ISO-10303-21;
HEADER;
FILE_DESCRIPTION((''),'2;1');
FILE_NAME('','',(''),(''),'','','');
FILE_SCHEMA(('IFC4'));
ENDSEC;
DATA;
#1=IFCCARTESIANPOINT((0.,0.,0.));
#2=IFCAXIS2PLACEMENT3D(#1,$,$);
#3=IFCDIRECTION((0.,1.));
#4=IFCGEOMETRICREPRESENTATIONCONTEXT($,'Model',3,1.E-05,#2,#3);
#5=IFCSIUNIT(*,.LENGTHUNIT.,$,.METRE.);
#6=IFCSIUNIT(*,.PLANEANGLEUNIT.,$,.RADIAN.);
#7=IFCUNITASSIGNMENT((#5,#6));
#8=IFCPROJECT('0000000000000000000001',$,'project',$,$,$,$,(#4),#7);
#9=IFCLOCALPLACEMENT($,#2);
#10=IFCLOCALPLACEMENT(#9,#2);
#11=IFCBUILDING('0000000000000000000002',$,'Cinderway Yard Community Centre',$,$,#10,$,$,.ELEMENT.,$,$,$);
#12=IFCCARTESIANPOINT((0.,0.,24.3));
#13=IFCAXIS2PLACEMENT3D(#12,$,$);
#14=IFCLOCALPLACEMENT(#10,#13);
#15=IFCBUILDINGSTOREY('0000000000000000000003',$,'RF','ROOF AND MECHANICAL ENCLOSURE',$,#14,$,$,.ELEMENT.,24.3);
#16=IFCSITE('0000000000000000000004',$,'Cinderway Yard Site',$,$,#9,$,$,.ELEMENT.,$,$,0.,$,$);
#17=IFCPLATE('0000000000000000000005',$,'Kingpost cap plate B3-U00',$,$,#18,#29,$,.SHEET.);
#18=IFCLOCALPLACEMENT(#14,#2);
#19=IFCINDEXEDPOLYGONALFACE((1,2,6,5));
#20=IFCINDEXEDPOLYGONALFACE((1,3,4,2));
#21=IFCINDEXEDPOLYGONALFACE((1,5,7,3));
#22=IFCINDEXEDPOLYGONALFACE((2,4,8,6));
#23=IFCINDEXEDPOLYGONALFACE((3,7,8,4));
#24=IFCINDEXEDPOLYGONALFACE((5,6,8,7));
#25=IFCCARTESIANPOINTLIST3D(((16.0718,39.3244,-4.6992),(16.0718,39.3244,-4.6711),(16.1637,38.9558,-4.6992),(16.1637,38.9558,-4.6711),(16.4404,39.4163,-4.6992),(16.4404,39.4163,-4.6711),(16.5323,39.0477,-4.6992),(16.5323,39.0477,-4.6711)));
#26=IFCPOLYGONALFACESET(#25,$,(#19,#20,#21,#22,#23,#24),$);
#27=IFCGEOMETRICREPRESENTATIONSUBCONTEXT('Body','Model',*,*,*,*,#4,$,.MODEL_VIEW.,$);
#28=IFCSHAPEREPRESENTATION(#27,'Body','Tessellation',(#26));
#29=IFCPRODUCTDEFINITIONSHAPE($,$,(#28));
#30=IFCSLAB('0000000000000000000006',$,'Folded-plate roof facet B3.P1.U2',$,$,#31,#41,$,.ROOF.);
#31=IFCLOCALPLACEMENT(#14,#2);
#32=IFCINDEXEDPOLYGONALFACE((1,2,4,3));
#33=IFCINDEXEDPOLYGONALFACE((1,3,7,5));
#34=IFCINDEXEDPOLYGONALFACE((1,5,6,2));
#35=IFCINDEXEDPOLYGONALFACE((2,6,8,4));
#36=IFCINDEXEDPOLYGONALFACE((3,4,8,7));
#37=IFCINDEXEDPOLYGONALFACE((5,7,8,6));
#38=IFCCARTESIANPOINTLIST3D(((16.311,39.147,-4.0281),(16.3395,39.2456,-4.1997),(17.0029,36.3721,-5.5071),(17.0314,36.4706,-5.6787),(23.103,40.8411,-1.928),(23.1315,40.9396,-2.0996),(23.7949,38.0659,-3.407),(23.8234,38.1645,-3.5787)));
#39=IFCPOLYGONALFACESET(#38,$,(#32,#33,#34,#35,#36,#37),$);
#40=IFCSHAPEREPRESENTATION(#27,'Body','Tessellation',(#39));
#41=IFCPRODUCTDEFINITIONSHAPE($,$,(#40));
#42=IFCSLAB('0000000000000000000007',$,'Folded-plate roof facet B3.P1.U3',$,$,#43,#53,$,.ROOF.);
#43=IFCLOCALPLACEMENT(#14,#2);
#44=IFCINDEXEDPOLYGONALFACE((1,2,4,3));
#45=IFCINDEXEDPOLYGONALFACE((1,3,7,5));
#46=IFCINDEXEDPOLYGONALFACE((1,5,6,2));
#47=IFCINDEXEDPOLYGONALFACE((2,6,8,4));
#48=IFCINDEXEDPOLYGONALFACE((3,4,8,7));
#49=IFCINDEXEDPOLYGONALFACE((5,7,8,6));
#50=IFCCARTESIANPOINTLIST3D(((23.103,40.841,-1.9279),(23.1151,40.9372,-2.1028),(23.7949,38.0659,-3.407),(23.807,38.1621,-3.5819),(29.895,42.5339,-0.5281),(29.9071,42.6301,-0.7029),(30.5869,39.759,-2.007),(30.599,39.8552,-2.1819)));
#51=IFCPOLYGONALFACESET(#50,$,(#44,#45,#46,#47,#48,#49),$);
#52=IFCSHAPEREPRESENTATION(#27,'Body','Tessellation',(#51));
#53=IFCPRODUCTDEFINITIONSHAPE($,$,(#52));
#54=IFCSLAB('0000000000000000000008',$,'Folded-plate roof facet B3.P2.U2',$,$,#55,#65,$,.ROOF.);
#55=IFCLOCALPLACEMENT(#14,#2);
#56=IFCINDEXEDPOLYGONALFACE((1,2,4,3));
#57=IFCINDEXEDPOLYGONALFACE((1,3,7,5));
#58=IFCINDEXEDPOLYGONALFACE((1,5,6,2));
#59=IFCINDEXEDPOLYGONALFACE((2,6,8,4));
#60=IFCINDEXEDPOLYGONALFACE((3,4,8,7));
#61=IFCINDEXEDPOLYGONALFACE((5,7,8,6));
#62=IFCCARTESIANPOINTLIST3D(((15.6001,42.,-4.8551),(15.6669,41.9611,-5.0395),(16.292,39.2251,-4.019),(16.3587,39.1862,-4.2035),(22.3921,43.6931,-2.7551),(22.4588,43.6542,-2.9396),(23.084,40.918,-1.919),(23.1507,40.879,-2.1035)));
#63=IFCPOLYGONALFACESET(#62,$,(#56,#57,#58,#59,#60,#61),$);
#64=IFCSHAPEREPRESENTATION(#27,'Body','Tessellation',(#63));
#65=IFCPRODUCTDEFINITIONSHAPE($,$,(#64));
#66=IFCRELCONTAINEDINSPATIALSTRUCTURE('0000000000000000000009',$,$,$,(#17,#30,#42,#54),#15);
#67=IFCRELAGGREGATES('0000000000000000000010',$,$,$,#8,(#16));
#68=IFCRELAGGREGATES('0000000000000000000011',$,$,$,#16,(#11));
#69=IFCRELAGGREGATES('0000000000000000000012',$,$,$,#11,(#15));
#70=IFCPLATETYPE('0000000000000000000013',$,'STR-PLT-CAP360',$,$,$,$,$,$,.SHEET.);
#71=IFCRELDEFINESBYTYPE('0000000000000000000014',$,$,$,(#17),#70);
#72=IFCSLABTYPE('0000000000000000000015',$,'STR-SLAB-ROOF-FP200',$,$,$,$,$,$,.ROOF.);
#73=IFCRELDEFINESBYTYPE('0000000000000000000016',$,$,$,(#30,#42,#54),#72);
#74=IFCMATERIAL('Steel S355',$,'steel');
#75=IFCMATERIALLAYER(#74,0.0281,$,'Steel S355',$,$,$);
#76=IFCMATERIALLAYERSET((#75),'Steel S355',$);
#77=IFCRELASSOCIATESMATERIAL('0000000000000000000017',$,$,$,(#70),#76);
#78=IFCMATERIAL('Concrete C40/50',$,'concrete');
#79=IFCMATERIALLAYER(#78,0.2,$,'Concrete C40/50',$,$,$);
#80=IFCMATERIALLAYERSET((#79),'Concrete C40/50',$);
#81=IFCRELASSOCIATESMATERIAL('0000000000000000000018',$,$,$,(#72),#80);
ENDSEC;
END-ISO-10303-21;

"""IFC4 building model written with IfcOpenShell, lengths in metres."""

from ifc_helpers import new_model, si_unit, direction, frame, origin, origin_2d, place, context, subcontext, project, spatial, polyline, rectangle, outline, extrude, material, layer, layer_set, type_object, element, save


model = new_model("IFC4")

# Units and contexts
model_context = context("Model", 3, precision=1e-05, world=origin(), true_north=direction((0.0, 1.0)))
body_context = subcontext(model_context, "Body", "Model", "MODEL_VIEW")
ifc_project = project(units=[si_unit("LENGTHUNIT", "METRE"), si_unit("PLANEANGLEUNIT", "RADIAN")], contexts=[model_context])

# Site, building, storey
site_placement = place(None, origin())
site = spatial("IfcSite", under=ifc_project, at=site_placement, Name="Cinderway Yard Site", CompositionType="ELEMENT", RefElevation=0.0)
building_placement = place(site_placement, origin())
building = spatial("IfcBuilding", under=site, at=building_placement, Name="Cinderway Yard Community Centre", CompositionType="ELEMENT")
storey_placement = place(building_placement, frame((0.0, 0.0, 24.3)))
storey = spatial("IfcBuildingStorey", under=building, at=storey_placement, Name="RF", Description="ROOF AND MECHANICAL ENCLOSURE", CompositionType="ELEMENT", Elevation=24.3)

# Shared definitions
ifc_material_1 = material(Name="Concrete C40/50", Category="concrete")
ifc_material_2 = material(Name="Steel S355", Category="steel")

# Plate
ifc_layer_1 = layer(ifc_material_2, 0.0281, Name="Steel S355")
ifc_layer_set_1 = layer_set([ifc_layer_1], Name="Steel S355")
plate_type_1 = type_object("IfcPlateType", Name="STR-PLT-CAP360", PredefinedType="SHEET", material=ifc_layer_set_1)
plate_1_placement = place(storey_placement, frame((16.302, 39.186, -4.6992), z_axis=(0.0, 0.0, 1.0), x_axis=(0.970296, 0.241922, 0.0)))
element("IfcPlate", 1, at=plate_1_placement, inside=storey, type_object=plate_type_1, Name="Kingpost cap plate B3-U00", PredefinedType="SHEET", context=body_context, shape_type="SweptSolid", body=[
    extrude(rectangle(XDim=0.3799, YDim=0.3799, at=origin_2d()), origin(), (0.0, 0.0, 1.0), 0.0281),
])

# Slabs
ifc_layer_2 = layer(ifc_material_1, 0.2, Name="Concrete C40/50")
ifc_layer_set_2 = layer_set([ifc_layer_2], Name="Concrete C40/50")
slab_type = type_object("IfcSlabType", Name="STR-SLAB-ROOF-FP200", PredefinedType="ROOF", material=ifc_layer_set_2)
slab_1_placement = place(storey_placement, frame((17.0029, 36.3721, -5.5071), z_axis=(-0.142441, -0.492967, 0.858309), x_axis=(0.929359, 0.231776, 0.287352)))
element("IfcSlab", 2, at=slab_1_placement, inside=storey, type_object=slab_type, Name="Folded-plate roof facet B3.P1.U2", PredefinedType="ROOF", context=body_context, shape_type="SweptSolid", body=[
    extrude(outline(polyline([(0.0, 0.0), (7.3083, 0.0), (7.7334, 3.1917), (0.4251, 3.1915), (0.0, 0.0)])), origin(), (0.0, 0.0, -1.0), 0.2),
])
slab_2_placement = place(storey_placement, frame((23.7949, 38.0659, -3.407), z_axis=(-0.060322, -0.481153, 0.874559), x_axis=(0.951465, 0.237178, 0.196114)))
element("IfcSlab", 3, at=slab_2_placement, inside=storey, type_object=slab_type, Name="Folded-plate roof facet B3.P1.U3", PredefinedType="ROOF", context=body_context, shape_type="SweptSolid", body=[
    extrude(outline(polyline([(0.0, 0.0), (7.1385, 0.0), (7.4283, 3.2066), (0.2899, 3.2068), (0.0, 0.0)])), origin(), (0.0, 0.0, -1.0), 0.2),
])
slab_3_placement = place(storey_placement, frame((16.292, 39.2251, -4.019), z_axis=(-0.333705, 0.194685, 0.922355), x_axis=(0.929391, 0.231643, 0.287357)))
element("IfcSlab", 4, at=slab_3_placement, inside=storey, type_object=slab_type, Name="Folded-plate roof facet B3.P2.U2", PredefinedType="ROOF", context=body_context, shape_type="SweptSolid", body=[
    extrude(outline(polyline([(0.0, 0.0), (7.308, 0.0), (7.0676, 2.9701), (-0.2405, 2.9698), (0.0, 0.0)])), origin(), (0.0, 0.0, -1.0), 0.2),
])

save(model, "model.ifc")
